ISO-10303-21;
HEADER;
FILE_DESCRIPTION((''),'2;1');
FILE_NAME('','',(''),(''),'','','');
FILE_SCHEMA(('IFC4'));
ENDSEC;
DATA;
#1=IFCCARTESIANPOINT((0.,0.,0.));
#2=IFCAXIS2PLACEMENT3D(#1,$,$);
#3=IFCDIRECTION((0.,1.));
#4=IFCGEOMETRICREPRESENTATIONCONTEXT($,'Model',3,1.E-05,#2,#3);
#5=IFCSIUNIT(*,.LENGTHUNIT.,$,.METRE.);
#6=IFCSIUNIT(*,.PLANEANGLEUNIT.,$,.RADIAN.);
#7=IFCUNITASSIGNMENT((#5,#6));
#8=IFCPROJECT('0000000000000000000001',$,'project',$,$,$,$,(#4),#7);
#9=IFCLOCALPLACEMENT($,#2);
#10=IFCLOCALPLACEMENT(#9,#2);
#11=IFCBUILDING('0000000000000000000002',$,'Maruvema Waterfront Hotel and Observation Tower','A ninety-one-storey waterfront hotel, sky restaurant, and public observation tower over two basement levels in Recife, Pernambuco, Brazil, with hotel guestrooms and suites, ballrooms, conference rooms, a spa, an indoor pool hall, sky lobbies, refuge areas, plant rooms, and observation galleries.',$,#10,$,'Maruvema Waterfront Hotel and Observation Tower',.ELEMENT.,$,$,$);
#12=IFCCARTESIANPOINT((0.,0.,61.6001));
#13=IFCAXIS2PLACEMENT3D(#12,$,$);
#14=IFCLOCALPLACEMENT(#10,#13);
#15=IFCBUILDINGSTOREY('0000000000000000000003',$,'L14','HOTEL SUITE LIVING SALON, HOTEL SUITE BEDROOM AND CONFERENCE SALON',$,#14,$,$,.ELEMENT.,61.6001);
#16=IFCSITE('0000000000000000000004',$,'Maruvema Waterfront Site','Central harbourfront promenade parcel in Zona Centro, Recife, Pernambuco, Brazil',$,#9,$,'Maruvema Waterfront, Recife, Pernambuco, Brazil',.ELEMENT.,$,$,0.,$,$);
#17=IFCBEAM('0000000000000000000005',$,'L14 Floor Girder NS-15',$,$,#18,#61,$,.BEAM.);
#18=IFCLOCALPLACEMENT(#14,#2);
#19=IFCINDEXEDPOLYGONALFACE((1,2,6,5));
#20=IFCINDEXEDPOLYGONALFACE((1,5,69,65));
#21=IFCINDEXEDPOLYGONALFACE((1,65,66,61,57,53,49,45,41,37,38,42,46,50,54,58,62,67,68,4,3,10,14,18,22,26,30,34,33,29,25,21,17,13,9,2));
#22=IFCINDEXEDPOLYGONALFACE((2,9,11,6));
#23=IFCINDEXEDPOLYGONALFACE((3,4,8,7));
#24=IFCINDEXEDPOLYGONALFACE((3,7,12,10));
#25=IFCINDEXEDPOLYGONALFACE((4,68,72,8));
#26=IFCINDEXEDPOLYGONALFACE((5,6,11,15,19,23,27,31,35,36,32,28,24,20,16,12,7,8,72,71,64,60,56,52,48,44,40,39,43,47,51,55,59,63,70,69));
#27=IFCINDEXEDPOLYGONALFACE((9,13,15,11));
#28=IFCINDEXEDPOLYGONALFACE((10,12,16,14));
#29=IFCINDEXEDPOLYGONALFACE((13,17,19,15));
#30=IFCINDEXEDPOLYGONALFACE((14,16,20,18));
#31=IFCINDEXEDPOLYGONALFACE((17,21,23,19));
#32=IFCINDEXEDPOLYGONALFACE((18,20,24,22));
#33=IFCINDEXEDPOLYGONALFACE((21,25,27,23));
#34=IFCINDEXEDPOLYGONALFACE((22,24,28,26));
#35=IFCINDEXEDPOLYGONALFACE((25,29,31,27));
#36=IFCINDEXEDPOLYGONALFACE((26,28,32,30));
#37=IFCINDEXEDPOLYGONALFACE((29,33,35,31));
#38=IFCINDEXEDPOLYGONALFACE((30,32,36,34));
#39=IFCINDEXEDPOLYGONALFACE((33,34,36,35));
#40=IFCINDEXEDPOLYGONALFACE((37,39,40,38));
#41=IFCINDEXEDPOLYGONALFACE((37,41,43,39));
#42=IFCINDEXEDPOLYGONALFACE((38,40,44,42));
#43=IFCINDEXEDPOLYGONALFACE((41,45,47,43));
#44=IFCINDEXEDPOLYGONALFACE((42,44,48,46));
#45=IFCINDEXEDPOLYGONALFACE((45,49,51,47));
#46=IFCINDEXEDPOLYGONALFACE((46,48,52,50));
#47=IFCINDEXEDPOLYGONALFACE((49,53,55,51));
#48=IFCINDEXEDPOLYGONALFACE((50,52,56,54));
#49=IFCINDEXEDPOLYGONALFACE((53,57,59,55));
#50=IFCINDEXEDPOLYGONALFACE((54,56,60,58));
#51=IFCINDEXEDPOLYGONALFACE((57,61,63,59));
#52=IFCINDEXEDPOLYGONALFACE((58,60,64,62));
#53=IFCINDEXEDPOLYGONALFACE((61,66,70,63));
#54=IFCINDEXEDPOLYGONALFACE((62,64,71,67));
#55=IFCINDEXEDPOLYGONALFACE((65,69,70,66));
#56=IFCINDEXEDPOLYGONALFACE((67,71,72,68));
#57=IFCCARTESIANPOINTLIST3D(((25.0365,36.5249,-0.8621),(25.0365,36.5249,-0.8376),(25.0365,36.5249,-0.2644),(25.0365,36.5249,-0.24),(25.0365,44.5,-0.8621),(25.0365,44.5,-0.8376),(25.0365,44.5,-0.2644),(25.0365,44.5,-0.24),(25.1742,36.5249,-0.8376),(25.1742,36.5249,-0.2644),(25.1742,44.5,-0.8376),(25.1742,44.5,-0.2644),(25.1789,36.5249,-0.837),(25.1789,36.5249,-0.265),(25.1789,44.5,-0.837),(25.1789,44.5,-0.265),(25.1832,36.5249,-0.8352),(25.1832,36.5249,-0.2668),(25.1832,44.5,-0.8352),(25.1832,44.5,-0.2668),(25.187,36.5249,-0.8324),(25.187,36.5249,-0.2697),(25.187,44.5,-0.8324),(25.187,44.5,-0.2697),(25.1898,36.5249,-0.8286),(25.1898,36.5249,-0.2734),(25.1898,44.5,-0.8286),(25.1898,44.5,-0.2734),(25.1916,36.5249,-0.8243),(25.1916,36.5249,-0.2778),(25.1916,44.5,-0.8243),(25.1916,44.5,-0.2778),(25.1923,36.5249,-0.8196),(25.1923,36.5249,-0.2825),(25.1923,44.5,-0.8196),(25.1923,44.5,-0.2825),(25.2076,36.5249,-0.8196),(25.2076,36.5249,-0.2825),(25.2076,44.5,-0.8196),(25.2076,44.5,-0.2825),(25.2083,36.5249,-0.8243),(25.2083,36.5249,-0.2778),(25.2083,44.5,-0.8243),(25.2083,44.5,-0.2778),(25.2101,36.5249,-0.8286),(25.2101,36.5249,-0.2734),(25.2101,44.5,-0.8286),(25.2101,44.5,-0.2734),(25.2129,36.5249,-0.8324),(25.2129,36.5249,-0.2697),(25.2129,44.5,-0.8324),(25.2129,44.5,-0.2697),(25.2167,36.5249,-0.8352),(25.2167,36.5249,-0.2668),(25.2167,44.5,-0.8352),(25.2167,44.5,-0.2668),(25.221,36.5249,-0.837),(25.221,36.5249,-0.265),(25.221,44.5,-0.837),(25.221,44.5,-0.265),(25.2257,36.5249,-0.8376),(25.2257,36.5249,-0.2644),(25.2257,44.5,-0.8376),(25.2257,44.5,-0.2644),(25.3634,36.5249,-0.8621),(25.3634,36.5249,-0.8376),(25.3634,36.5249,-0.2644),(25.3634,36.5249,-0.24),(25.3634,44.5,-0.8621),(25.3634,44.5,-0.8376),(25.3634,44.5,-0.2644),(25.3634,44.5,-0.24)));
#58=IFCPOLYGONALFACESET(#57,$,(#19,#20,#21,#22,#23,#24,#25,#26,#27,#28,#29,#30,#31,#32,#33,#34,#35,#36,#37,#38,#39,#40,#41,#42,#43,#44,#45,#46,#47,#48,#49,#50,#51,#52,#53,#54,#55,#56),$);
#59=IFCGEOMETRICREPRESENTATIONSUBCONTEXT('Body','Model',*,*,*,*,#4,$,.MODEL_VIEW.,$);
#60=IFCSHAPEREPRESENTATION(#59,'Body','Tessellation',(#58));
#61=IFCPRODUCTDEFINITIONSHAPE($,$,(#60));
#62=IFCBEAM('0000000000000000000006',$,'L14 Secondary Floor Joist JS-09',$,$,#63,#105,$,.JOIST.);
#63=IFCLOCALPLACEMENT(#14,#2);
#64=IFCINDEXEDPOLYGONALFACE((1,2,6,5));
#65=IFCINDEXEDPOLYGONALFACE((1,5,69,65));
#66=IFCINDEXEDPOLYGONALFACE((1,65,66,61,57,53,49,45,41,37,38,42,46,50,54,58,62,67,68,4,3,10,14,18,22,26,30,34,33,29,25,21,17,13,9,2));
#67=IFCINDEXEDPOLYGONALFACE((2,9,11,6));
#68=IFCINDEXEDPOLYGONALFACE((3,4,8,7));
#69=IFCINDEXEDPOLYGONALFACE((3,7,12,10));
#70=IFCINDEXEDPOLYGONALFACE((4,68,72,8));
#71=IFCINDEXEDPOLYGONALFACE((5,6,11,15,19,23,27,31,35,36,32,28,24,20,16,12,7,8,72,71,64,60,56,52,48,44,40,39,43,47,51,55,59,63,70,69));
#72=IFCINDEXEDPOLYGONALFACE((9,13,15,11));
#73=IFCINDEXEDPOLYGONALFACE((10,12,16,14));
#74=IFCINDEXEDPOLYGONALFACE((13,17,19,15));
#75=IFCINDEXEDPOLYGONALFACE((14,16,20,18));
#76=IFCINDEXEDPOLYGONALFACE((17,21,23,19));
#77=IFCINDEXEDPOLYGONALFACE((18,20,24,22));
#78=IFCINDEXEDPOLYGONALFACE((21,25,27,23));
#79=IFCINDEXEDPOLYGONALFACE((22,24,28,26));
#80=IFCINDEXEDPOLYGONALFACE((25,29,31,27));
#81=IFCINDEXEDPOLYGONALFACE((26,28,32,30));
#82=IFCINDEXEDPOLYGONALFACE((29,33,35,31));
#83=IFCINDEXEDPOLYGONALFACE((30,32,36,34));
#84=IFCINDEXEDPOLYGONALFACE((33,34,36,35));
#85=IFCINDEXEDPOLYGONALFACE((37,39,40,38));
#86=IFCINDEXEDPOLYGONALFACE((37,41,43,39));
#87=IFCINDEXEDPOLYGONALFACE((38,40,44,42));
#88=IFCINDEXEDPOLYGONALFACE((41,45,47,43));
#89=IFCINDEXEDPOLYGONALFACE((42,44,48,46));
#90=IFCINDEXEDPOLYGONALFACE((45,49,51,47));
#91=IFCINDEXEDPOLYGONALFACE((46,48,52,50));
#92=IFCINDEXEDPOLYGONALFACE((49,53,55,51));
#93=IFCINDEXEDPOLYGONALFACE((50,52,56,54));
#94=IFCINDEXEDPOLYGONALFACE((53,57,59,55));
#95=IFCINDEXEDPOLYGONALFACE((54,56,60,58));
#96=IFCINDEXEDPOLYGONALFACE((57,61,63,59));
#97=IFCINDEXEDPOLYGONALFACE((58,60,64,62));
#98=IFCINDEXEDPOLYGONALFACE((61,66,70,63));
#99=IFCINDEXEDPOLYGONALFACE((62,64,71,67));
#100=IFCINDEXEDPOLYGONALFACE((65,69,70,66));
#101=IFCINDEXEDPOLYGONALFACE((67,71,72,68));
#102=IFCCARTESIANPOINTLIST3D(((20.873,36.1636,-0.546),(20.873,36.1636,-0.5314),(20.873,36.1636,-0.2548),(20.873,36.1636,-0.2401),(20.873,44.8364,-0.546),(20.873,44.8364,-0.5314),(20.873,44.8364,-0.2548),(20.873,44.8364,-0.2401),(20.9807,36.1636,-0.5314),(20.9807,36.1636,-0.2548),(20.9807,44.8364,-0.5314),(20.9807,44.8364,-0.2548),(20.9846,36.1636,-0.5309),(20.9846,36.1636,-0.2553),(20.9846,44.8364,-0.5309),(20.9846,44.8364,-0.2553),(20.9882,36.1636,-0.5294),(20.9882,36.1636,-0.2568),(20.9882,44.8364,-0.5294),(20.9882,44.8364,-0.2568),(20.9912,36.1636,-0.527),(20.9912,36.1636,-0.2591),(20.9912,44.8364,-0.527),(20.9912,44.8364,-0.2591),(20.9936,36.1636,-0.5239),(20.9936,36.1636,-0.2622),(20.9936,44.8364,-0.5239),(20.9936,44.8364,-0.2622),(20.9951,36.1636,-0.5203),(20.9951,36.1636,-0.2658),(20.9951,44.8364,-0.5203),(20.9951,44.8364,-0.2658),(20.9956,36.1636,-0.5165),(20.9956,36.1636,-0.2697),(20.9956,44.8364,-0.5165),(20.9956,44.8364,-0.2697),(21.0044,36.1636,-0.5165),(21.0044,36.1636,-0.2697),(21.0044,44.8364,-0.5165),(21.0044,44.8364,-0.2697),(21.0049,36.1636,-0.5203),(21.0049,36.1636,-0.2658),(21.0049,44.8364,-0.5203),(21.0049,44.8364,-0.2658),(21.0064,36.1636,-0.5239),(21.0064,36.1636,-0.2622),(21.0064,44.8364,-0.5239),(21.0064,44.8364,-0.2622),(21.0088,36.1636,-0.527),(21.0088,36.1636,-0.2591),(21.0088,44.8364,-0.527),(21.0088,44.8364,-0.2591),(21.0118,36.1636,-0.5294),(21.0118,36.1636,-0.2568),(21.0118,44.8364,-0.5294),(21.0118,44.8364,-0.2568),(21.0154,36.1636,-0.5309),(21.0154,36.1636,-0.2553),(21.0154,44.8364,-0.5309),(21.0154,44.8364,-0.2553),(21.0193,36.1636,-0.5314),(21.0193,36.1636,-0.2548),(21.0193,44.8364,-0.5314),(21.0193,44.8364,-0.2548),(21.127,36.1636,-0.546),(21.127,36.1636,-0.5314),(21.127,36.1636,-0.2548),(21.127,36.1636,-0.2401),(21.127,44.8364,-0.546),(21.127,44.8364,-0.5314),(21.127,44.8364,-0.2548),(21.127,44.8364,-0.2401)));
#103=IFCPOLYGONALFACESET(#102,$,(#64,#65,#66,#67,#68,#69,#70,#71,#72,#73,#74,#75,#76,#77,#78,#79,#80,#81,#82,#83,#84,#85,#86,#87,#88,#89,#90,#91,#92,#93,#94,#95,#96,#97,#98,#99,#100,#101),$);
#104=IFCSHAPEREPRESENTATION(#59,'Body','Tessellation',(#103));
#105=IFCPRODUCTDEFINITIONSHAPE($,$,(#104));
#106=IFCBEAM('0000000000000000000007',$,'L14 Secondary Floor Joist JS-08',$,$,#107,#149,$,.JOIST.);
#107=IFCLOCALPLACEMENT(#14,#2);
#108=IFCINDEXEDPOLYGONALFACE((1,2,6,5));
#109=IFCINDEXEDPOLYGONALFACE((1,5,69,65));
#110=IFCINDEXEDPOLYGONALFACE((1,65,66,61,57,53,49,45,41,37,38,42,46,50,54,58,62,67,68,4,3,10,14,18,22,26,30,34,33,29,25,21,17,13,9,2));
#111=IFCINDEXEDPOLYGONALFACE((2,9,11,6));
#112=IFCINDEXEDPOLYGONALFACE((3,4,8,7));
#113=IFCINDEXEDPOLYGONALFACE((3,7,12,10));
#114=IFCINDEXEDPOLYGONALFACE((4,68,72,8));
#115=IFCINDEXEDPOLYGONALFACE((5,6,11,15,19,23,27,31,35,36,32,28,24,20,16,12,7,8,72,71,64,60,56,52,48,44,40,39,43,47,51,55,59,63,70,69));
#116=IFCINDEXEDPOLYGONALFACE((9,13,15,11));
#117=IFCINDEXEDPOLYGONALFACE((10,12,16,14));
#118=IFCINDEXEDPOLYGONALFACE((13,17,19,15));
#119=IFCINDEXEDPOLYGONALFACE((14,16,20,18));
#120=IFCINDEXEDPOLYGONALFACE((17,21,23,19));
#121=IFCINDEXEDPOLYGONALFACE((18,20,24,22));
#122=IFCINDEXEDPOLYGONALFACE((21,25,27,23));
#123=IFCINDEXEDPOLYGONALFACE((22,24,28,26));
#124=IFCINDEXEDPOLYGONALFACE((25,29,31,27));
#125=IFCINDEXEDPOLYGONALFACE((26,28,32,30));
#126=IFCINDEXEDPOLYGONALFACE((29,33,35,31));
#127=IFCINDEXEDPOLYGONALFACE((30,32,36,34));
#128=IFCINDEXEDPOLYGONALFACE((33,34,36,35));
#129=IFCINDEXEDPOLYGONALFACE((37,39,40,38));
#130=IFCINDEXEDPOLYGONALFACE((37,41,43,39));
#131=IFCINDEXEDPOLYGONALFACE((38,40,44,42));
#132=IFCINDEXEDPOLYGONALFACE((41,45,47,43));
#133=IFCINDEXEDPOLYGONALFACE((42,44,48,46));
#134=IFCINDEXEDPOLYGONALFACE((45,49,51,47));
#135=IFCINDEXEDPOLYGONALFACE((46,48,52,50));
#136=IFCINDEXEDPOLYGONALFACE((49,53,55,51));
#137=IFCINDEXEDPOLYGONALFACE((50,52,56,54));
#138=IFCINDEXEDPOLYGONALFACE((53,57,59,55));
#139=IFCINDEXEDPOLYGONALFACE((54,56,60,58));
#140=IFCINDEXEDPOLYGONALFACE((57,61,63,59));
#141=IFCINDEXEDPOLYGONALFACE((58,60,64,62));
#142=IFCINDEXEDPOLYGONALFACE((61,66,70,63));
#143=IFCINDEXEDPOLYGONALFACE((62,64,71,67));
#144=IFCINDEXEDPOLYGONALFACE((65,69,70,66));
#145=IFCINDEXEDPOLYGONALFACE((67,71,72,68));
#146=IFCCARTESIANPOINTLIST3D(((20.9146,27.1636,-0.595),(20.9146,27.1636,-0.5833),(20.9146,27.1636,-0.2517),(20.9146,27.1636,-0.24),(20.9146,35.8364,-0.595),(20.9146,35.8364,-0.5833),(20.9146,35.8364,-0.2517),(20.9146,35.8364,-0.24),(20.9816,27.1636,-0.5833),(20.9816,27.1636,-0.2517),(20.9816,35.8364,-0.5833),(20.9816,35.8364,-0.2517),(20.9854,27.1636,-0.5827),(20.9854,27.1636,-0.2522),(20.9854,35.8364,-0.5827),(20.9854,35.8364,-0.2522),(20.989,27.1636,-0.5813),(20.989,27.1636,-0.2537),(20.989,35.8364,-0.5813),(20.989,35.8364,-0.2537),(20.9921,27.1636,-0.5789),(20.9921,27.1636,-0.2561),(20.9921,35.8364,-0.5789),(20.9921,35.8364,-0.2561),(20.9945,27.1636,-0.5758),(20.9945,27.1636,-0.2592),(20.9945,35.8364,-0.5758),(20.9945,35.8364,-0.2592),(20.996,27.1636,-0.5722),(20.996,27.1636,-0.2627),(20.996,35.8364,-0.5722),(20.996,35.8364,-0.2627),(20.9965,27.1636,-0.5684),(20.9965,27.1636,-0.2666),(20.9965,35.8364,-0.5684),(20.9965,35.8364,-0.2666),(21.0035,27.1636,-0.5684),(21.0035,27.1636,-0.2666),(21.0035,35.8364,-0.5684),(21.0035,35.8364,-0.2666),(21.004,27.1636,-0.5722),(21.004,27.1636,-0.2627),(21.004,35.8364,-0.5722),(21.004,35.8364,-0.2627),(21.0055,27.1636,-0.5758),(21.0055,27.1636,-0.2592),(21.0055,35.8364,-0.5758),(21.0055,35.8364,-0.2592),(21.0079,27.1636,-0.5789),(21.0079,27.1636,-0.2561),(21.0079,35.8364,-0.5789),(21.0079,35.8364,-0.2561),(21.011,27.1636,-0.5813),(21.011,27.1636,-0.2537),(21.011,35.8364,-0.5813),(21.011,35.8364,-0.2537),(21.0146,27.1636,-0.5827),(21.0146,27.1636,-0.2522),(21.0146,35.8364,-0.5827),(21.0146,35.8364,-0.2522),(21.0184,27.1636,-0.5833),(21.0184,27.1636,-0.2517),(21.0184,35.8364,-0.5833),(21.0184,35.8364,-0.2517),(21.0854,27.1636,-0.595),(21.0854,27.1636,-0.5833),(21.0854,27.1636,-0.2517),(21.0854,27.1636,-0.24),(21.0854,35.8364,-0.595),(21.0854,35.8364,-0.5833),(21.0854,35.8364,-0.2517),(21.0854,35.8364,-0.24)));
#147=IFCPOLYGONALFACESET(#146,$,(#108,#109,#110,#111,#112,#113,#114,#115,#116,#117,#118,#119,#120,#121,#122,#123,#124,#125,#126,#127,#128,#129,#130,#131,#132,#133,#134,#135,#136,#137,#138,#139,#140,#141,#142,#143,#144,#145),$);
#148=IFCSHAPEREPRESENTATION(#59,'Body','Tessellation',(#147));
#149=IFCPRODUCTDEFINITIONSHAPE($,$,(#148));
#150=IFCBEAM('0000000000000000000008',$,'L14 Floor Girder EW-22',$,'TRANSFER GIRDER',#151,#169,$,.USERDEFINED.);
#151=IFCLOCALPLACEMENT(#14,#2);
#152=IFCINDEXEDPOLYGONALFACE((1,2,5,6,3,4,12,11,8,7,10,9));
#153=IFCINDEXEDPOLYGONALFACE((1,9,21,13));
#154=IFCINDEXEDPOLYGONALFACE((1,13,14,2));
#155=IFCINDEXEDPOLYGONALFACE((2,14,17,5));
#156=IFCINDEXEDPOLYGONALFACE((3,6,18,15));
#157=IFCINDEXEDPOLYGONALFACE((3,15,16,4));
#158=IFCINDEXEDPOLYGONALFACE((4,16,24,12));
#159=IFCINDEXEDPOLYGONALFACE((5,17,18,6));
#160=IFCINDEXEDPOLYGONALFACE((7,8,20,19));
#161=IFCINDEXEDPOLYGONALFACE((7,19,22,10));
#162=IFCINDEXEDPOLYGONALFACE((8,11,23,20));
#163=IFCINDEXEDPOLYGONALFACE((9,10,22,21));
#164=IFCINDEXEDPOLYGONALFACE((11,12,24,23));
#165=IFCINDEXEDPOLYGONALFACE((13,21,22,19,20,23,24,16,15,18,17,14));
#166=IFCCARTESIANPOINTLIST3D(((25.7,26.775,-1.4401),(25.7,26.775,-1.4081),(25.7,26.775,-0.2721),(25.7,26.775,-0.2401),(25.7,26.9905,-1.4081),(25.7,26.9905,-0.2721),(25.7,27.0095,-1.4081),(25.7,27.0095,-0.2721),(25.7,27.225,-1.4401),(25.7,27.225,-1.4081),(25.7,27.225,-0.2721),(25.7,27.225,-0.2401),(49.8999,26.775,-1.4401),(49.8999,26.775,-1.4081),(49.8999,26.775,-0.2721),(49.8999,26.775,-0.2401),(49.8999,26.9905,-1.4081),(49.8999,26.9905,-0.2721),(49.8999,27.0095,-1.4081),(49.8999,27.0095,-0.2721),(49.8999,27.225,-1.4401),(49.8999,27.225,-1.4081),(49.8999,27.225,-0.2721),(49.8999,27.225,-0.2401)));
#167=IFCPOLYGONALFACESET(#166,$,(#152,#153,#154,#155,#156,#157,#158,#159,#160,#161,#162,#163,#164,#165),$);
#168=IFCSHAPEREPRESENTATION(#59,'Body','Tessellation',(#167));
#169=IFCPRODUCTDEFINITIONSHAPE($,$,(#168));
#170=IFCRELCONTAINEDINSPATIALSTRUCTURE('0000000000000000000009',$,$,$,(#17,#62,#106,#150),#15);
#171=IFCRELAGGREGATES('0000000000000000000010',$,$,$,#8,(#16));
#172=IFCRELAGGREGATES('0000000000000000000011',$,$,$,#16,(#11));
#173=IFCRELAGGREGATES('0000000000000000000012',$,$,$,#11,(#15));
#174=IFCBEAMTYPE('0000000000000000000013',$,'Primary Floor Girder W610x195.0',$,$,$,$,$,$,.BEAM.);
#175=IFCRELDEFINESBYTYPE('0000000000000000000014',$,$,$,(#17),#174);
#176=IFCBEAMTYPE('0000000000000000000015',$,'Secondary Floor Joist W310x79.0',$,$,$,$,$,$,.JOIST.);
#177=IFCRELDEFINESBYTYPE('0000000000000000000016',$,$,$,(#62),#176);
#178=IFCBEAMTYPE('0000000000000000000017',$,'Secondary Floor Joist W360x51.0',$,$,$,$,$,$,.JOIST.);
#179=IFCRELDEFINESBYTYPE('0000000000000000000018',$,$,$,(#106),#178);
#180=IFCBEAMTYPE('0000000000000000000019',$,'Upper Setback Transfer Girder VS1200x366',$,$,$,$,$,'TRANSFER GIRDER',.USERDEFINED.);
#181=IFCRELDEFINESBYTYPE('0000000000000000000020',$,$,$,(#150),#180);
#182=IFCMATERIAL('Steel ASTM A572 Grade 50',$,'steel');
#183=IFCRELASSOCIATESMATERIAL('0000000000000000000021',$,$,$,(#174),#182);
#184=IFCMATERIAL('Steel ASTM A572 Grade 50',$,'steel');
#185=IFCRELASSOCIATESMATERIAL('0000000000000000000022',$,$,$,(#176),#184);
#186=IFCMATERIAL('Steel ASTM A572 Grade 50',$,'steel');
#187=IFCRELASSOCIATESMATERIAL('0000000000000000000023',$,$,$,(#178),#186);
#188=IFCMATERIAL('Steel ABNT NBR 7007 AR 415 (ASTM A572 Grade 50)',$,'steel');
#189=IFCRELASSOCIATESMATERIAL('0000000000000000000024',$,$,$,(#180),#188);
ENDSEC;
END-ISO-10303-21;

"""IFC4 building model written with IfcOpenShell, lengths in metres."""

from ifc_helpers import new_model, si_unit, direction, frame, origin, origin_2d, place, context, subcontext, project, spatial, i_section, extrude, material, material_profile, profile_set, type_object, element, save


model = new_model("IFC4")

# Units and contexts
model_context = context("Model", 3, precision=1e-05, world=origin(), true_north=direction((0.0, 1.0)))
body_context = subcontext(model_context, "Body", "Model", "MODEL_VIEW")
ifc_project = project(units=[si_unit("LENGTHUNIT", "METRE"), si_unit("PLANEANGLEUNIT", "RADIAN")], contexts=[model_context])

# Site, building, storey
site_placement = place(None, origin())
site = spatial("IfcSite", under=ifc_project, at=site_placement, Name="Maruvema Waterfront Site", Description="Central harbourfront promenade parcel in Zona Centro, Recife, Pernambuco, Brazil", LongName="Maruvema Waterfront, Recife, Pernambuco, Brazil", CompositionType="ELEMENT", RefElevation=0.0)
building_placement = place(site_placement, origin())
building = spatial("IfcBuilding", under=site, at=building_placement, Name="Maruvema Waterfront Hotel and Observation Tower", Description="A ninety-one-storey waterfront hotel, sky restaurant, and public observation tower over two basement levels in Recife, Pernambuco, Brazil, with hotel guestrooms and suites, ballrooms, conference rooms, a spa, an indoor pool hall, sky lobbies, refuge areas, plant rooms, and observation galleries.", LongName="Maruvema Waterfront Hotel and Observation Tower", CompositionType="ELEMENT")
storey_placement = place(building_placement, frame((0.0, 0.0, 61.6001)))
storey = spatial("IfcBuildingStorey", under=building, at=storey_placement, Name="L14", Description="HOTEL SUITE LIVING SALON, HOTEL SUITE BEDROOM AND CONFERENCE SALON", CompositionType="ELEMENT", Elevation=61.6001)

# Beams
ifc_material_1 = material(Name="Steel ASTM A572 Grade 50", Category="steel")
ifc_material_profile_1 = material_profile(ifc_material_1, i_section(OverallWidth=0.3269, OverallDepth=0.6221, WebThickness=0.0154, FlangeThickness=0.0244, FilletRadius=0.0181, at=origin_2d()), Name="W610x195.0")
ifc_profile_set_1 = profile_set([ifc_material_profile_1], Name="Steel ASTM A572 Grade 50")
beam_type_1 = type_object("IfcBeamType", Name="Primary Floor Girder W610x195.0", PredefinedType="BEAM", material=ifc_profile_set_1)
for number, where, z_axis, x_axis, name in (
    (1, (25.2, 36.5249, -0.551), (0.0, 1.0, 0.0), (-1.0, 0.0, 0.0), "L14 Floor Girder NS-15"),
):
    element("IfcBeam", number, at=place(storey_placement, frame(where, z_axis=z_axis, x_axis=x_axis)), inside=storey, type_object=beam_type_1, Name=name, PredefinedType="BEAM", context=body_context, shape_type="SweptSolid", body=[
        extrude(i_section(OverallWidth=0.3269, OverallDepth=0.6221, WebThickness=0.0154, FlangeThickness=0.0244, FilletRadius=0.0181, at=origin_2d()), origin(), (0.0, 0.0, 1.0), 7.9751),
    ])
ifc_material_2 = material(Name="Steel ASTM A572 Grade 50", Category="steel")
ifc_material_profile_2 = material_profile(ifc_material_2, i_section(OverallWidth=0.2539, OverallDepth=0.3059, WebThickness=0.0088, FlangeThickness=0.0146, FilletRadius=0.0149, at=origin_2d()), Name="W310x79.0")
ifc_profile_set_2 = profile_set([ifc_material_profile_2], Name="Steel ASTM A572 Grade 50")
beam_type_2 = type_object("IfcBeamType", Name="Secondary Floor Joist W310x79.0", PredefinedType="JOIST", material=ifc_profile_set_2)
beam_1_placement = place(storey_placement, frame((21.0, 36.1636, -0.3931), z_axis=(0.0, 1.0, 0.0), x_axis=(-1.0, 0.0, 0.0)))
element("IfcBeam", 2, at=beam_1_placement, inside=storey, type_object=beam_type_2, Name="L14 Secondary Floor Joist JS-09", PredefinedType="JOIST", context=body_context, shape_type="SweptSolid", body=[
    extrude(i_section(OverallWidth=0.2539, OverallDepth=0.3059, WebThickness=0.0088, FlangeThickness=0.0146, FilletRadius=0.0149, at=origin_2d()), origin(), (0.0, 0.0, 1.0), 8.6729),
])
ifc_material_3 = material(Name="Steel ASTM A572 Grade 50", Category="steel")
ifc_material_profile_3 = material_profile(ifc_material_3, i_section(OverallWidth=0.1709, OverallDepth=0.355, WebThickness=0.0071, FlangeThickness=0.0117, FilletRadius=0.0149, at=origin_2d()), Name="W360x51.0")
ifc_profile_set_3 = profile_set([ifc_material_profile_3], Name="Steel ASTM A572 Grade 50")
beam_type_3 = type_object("IfcBeamType", Name="Secondary Floor Joist W360x51.0", PredefinedType="JOIST", material=ifc_profile_set_3)
beam_2_placement = place(storey_placement, frame((21.0, 27.1636, -0.4175), z_axis=(0.0, 1.0, 0.0), x_axis=(-1.0, 0.0, 0.0)))
element("IfcBeam", 3, at=beam_2_placement, inside=storey, type_object=beam_type_3, Name="L14 Secondary Floor Joist JS-08", PredefinedType="JOIST", context=body_context, shape_type="SweptSolid", body=[
    extrude(i_section(OverallWidth=0.1709, OverallDepth=0.355, WebThickness=0.0071, FlangeThickness=0.0117, FilletRadius=0.0149, at=origin_2d()), origin(), (0.0, 0.0, 1.0), 8.6729),
])
ifc_material_4 = material(Name="Steel ABNT NBR 7007 AR 415 (ASTM A572 Grade 50)", Category="steel")
ifc_material_profile_4 = material_profile(ifc_material_4, i_section(OverallWidth=0.45, OverallDepth=1.2, WebThickness=0.019, FlangeThickness=0.032, at=origin_2d()), Name="VS1200x366")
ifc_profile_set_4 = profile_set([ifc_material_profile_4], Name="Steel ABNT NBR 7007 AR 415 (ASTM A572 Grade 50)")
beam_type_4 = type_object("IfcBeamType", Name="Upper Setback Transfer Girder VS1200x366", ElementType="TRANSFER GIRDER", PredefinedType="USERDEFINED", material=ifc_profile_set_4)
beam_3_placement = place(storey_placement, frame((25.7, 27.0, -0.8401), z_axis=(1.0, 0.0, 0.0), x_axis=(0.0, 1.0, 0.0)))
element("IfcBeam", 4, at=beam_3_placement, inside=storey, type_object=beam_type_4, Name="L14 Floor Girder EW-22", ObjectType="TRANSFER GIRDER", PredefinedType="USERDEFINED", context=body_context, shape_type="SweptSolid", body=[
    extrude(i_section(OverallWidth=0.45, OverallDepth=1.2, WebThickness=0.019, FlangeThickness=0.032, at=origin_2d()), origin(), (0.0, 0.0, 1.0), 24.2),
])

save(model, "model.ifc")
